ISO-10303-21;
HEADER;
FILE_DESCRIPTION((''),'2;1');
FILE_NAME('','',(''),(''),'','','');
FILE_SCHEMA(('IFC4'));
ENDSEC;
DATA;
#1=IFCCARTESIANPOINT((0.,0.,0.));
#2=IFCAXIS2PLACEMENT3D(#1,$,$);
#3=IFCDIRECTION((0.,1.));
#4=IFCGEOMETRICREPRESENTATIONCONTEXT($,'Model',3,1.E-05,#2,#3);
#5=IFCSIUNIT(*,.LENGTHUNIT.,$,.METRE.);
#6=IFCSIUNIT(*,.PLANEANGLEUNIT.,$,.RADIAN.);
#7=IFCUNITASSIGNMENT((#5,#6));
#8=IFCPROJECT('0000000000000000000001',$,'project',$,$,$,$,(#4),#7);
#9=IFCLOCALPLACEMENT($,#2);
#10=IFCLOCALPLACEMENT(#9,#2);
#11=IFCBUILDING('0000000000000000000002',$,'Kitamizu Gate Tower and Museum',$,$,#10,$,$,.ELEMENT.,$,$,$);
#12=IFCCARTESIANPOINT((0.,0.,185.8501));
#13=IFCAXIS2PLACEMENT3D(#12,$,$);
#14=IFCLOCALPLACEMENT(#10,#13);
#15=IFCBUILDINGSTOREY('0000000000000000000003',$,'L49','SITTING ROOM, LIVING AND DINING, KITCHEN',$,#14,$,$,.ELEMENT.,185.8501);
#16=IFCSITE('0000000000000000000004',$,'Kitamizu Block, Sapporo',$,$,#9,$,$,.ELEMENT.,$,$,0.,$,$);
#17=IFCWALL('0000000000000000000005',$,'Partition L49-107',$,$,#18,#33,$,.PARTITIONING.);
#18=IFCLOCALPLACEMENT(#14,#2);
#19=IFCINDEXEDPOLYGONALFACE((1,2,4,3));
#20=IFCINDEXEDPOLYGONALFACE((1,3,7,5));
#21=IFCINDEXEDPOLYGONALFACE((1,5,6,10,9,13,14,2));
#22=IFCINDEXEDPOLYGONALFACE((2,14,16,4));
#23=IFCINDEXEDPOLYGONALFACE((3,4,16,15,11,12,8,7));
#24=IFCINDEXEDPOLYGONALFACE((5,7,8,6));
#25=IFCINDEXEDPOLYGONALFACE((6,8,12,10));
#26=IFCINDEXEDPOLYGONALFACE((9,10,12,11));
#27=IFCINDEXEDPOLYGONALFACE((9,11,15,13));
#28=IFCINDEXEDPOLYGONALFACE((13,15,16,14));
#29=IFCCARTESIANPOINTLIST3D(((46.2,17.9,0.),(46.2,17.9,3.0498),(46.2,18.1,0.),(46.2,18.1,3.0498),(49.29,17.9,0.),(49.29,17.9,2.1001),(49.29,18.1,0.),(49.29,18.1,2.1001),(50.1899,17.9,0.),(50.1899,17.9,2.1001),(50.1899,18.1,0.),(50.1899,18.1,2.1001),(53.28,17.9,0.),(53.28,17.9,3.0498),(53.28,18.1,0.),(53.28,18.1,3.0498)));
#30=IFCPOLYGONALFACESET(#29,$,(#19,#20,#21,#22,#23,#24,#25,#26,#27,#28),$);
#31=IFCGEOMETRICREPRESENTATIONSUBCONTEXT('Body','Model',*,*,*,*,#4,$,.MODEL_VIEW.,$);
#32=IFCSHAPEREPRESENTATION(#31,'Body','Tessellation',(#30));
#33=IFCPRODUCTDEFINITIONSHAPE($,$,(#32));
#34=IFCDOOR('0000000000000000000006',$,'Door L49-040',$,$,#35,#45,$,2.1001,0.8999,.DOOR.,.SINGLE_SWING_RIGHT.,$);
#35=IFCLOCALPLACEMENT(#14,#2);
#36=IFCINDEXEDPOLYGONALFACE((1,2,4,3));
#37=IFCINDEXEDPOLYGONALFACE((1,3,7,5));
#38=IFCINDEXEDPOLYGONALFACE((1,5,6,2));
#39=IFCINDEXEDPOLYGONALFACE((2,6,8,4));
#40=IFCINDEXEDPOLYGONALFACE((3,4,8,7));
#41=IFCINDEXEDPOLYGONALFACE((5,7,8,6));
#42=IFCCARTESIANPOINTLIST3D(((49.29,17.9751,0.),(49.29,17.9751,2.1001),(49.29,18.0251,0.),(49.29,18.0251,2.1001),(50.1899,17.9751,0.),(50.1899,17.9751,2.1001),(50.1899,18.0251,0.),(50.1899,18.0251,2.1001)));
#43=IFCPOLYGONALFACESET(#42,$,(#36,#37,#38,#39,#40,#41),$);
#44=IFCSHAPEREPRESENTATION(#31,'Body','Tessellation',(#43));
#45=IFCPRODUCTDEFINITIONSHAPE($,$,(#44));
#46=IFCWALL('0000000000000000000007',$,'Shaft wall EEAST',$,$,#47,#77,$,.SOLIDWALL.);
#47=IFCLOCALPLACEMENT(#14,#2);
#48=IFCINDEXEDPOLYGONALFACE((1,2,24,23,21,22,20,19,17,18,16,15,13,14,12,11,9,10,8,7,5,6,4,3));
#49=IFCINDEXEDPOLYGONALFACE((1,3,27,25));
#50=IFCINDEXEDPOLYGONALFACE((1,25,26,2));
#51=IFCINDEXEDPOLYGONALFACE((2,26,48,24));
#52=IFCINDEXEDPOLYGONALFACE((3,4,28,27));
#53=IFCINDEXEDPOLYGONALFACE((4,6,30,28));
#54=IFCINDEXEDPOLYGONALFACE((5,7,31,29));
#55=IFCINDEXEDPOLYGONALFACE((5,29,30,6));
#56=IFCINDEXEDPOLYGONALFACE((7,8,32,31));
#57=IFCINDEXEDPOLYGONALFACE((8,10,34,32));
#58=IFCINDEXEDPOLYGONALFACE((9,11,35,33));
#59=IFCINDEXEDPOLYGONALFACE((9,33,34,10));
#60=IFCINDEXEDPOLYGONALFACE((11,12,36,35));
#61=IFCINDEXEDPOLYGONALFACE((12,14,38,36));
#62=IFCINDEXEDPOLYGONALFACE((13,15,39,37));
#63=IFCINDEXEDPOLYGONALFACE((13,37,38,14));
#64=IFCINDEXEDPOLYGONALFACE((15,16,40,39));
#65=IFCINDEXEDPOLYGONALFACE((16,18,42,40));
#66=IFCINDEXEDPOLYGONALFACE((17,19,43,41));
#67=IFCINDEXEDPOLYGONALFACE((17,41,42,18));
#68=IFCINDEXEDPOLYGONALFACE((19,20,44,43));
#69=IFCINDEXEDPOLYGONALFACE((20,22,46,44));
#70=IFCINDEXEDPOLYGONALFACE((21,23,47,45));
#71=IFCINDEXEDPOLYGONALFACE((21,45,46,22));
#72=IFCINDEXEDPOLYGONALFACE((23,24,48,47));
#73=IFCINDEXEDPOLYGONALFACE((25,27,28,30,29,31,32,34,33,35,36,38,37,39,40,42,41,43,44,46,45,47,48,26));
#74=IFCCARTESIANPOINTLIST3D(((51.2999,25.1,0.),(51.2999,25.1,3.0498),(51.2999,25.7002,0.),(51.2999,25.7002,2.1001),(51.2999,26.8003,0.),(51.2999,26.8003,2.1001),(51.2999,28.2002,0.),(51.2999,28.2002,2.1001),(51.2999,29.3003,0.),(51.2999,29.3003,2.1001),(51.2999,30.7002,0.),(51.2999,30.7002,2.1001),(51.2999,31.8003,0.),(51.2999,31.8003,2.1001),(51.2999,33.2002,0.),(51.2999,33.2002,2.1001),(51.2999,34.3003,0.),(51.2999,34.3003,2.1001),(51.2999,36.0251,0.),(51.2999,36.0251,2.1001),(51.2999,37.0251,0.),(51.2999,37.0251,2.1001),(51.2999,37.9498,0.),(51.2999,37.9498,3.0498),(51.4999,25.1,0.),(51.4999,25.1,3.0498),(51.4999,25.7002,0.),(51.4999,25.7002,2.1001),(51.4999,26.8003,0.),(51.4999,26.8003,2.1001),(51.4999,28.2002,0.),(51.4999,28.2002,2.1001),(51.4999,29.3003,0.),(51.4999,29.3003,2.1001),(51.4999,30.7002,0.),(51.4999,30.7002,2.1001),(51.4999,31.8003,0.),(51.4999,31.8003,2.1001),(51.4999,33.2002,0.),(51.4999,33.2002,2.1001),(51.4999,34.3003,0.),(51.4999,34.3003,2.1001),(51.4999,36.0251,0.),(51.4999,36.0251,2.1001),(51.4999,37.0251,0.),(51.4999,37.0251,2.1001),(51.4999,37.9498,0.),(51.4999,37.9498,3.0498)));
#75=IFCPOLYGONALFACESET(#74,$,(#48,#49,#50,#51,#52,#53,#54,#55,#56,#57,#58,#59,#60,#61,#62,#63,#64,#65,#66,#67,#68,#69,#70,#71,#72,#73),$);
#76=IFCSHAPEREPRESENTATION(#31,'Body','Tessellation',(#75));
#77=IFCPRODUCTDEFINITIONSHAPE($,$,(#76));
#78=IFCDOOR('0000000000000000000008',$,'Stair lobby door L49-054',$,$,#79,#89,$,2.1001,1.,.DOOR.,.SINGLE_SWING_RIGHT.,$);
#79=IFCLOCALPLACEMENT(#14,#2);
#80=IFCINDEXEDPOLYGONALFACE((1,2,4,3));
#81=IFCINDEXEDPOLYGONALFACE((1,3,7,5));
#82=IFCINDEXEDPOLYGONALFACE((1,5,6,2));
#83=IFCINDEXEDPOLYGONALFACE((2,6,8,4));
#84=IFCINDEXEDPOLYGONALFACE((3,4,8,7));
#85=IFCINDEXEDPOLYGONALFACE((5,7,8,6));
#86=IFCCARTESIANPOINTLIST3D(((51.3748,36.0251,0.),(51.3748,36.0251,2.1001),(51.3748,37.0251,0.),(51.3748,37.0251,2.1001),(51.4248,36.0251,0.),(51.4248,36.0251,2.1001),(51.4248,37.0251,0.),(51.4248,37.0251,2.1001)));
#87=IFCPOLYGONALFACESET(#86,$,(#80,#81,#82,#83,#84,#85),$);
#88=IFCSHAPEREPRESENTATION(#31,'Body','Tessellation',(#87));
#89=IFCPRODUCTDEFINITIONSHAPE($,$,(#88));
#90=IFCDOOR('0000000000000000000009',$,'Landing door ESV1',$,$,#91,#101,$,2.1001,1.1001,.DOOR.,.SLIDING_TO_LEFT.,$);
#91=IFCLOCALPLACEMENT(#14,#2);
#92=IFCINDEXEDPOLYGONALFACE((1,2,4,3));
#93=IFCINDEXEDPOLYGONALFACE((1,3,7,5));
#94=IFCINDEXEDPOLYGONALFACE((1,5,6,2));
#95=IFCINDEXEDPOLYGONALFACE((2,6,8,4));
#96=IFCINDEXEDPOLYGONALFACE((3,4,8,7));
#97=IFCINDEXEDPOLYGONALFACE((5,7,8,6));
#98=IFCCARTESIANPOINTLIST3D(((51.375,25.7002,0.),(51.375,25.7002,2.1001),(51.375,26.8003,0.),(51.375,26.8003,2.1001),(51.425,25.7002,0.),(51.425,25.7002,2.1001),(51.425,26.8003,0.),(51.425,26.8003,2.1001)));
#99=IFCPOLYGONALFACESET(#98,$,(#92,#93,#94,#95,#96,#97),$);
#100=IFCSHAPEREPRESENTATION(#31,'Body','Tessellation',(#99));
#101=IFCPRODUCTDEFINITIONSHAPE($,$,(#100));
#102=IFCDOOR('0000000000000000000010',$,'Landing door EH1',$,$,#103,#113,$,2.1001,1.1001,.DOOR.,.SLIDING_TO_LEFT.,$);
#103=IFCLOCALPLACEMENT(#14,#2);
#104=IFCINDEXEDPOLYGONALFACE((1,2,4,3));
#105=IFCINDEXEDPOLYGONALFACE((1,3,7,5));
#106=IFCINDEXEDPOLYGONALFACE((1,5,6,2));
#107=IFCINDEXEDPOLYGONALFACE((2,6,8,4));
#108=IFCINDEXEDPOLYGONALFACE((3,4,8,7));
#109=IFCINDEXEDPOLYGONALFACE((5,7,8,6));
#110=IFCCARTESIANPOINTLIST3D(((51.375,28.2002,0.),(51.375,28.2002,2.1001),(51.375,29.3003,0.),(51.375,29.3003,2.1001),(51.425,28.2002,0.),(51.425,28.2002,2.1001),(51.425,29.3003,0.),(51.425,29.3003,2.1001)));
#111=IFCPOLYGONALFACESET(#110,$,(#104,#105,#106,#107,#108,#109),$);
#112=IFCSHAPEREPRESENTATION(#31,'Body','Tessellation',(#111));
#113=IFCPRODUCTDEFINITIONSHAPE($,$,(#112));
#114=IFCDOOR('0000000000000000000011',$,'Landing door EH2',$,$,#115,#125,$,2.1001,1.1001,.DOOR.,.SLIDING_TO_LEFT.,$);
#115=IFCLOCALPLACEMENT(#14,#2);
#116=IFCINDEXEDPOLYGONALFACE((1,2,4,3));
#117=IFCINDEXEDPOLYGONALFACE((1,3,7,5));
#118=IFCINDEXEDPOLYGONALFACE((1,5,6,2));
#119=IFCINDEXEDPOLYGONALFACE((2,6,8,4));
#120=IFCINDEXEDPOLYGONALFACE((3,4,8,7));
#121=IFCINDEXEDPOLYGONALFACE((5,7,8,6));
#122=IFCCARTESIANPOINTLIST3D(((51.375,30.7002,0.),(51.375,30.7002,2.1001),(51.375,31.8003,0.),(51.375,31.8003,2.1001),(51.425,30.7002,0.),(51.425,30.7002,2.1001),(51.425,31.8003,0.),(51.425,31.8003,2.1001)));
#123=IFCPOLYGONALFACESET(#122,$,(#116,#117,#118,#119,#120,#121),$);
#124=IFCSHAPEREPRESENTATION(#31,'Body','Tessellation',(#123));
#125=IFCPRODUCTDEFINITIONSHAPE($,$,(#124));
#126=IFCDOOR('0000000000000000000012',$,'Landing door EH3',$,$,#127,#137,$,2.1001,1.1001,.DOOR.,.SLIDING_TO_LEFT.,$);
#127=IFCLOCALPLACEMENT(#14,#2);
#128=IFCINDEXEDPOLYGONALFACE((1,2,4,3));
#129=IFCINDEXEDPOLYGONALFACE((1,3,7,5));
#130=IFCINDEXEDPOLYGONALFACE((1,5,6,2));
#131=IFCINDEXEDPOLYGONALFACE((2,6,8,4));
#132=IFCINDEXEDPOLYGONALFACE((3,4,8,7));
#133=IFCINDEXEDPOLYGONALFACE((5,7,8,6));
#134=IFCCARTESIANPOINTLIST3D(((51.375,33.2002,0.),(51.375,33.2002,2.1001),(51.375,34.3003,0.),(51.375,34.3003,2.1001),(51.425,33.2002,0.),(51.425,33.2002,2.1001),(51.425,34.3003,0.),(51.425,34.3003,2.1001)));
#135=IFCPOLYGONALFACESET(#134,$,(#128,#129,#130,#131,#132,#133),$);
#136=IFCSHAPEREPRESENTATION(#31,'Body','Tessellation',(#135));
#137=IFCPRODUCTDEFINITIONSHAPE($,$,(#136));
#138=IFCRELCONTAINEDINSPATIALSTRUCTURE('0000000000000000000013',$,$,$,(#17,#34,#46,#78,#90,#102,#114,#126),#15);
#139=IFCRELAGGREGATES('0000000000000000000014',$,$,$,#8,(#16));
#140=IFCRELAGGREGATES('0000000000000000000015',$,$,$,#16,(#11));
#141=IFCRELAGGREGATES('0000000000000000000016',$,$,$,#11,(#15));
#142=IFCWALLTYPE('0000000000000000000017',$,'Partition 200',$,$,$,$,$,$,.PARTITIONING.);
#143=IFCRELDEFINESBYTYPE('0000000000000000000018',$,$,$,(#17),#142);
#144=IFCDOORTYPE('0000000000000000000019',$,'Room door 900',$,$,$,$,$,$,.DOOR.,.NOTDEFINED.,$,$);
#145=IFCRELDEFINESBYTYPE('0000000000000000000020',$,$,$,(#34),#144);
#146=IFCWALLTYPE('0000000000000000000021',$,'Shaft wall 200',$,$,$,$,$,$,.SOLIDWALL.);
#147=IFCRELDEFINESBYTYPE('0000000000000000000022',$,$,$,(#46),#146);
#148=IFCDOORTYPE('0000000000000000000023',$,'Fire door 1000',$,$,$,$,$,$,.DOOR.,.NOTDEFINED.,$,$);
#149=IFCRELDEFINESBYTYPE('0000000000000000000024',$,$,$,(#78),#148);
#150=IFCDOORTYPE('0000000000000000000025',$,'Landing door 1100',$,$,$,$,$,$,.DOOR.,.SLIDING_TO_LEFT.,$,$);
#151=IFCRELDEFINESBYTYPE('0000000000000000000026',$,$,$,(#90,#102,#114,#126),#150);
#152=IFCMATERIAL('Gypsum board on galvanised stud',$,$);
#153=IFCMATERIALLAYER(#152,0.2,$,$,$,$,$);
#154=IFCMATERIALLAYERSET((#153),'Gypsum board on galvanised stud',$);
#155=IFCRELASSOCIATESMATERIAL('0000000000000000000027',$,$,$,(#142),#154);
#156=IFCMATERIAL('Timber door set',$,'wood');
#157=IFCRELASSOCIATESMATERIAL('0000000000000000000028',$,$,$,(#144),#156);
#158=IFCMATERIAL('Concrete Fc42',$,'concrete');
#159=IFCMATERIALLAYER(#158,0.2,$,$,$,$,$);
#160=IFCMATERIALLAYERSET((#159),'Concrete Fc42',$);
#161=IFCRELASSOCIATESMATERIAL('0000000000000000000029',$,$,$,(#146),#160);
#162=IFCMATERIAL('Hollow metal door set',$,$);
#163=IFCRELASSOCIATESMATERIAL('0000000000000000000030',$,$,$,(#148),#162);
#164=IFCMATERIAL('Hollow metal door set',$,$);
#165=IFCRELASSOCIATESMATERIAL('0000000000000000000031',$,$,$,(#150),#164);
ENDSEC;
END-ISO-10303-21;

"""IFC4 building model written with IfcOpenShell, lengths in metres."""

from ifc_helpers import new_model, si_unit, direction, frame, frame_2d, origin, place, context, subcontext, project, spatial, rectangle, extrude, material, layer, layer_set, type_object, element, fill, save


model = new_model("IFC4")

# Units and contexts
model_context = context("Model", 3, precision=1e-05, world=origin(), true_north=direction((0.0, 1.0)))
body_context = subcontext(model_context, "Body", "Model", "MODEL_VIEW")
ifc_project = project(units=[si_unit("LENGTHUNIT", "METRE"), si_unit("PLANEANGLEUNIT", "RADIAN")], contexts=[model_context])

# Site, building, storey
site_placement = place(None, origin())
site = spatial("IfcSite", under=ifc_project, at=site_placement, Name="Kitamizu Block, Sapporo", CompositionType="ELEMENT", RefElevation=0.0)
building_placement = place(site_placement, origin())
building = spatial("IfcBuilding", under=site, at=building_placement, Name="Kitamizu Gate Tower and Museum", CompositionType="ELEMENT")
storey_placement = place(building_placement, frame((0.0, 0.0, 185.8501)))
storey = spatial("IfcBuildingStorey", under=building, at=storey_placement, Name="L49", Description="SITTING ROOM, LIVING AND DINING, KITCHEN", CompositionType="ELEMENT", Elevation=185.8501)

# Shared definitions
ifc_material_1 = material(Name="Gypsum board on galvanised stud")
ifc_layer_1 = layer(ifc_material_1, 0.2)
ifc_layer_set_1 = layer_set([ifc_layer_1], Name="Gypsum board on galvanised stud")
wall_type_1 = type_object("IfcWallType", Name="Partition 200", PredefinedType="PARTITIONING", material=ifc_layer_set_1)

# Wall, opening, door
wall_1_placement = place(storey_placement, frame((53.28, 18.0, 0.0), z_axis=(0.0, 0.0, 1.0), x_axis=(-1.0, 0.0, 0.0)))
wall_1 = element("IfcWall", 1, at=wall_1_placement, inside=storey, type_object=wall_type_1, Name="Partition L49-107", PredefinedType="PARTITIONING", context=body_context, shape_type="SweptSolid", body=[
    extrude(rectangle(XDim=7.0801, YDim=0.2, at=frame_2d((3.54, 0.0))), origin(), (0.0, 0.0, 1.0), 3.0498),
])
opening_1_placement = place(wall_1_placement, frame((3.0901, 0.0, 0.0)))
opening_1 = element("IfcOpeningElement", 2, at=opening_1_placement, cuts=wall_1, PredefinedType="OPENING", context=body_context, shape_type="SweptSolid", body=[
    extrude(rectangle(XDim=0.8999, YDim=2.1001, at=frame_2d((0.45, 1.05))), frame((0.0, 0.1099, 0.0), z_axis=(0.0, -1.0, 0.0), x_axis=(1.0, 0.0, 0.0)), (0.0, 0.0, 1.0), 0.22),
])
ifc_material_2 = material(Name="Timber door set", Category="wood")
door_type_1 = type_object("IfcDoorType", Name="Room door 900", OperationType="NOTDEFINED", PredefinedType="DOOR", material=ifc_material_2)
door_1_placement = place(opening_1_placement, origin())
door_1 = element("IfcDoor", 3, at=door_1_placement, inside=storey, type_object=door_type_1, Name="Door L49-040", OperationType="SINGLE_SWING_RIGHT", OverallHeight=2.1001, OverallWidth=0.8999, PredefinedType="DOOR", context=body_context, shape_type="SweptSolid", body=[
    extrude(rectangle(XDim=0.8999, YDim=2.1001, at=frame_2d((0.45, 1.05))), frame((0.0, 0.0249, 0.0), z_axis=(0.0, -1.0, 0.0), x_axis=(1.0, 0.0, 0.0)), (0.0, 0.0, 1.0), 0.05),
])
fill(opening_1, door_1)

# Wall, openings, doors
ifc_material_3 = material(Name="Concrete Fc42", Category="concrete")
ifc_layer_2 = layer(ifc_material_3, 0.2)
ifc_layer_set_2 = layer_set([ifc_layer_2], Name="Concrete Fc42")
wall_type_2 = type_object("IfcWallType", Name="Shaft wall 200", PredefinedType="SOLIDWALL", material=ifc_layer_set_2)
wall_2_placement = place(storey_placement, frame((51.3999, 25.1001, 0.0), z_axis=(0.0, 0.0, 1.0), x_axis=(0.0, 1.0, 0.0)))
wall_2 = element("IfcWall", 4, at=wall_2_placement, inside=storey, type_object=wall_type_2, Name="Shaft wall EEAST", PredefinedType="SOLIDWALL", context=body_context, shape_type="SweptSolid", body=[
    extrude(rectangle(XDim=12.8499, YDim=0.2, at=frame_2d((6.4248, 0.0))), origin(), (0.0, 0.0, 1.0), 3.0498),
])
opening_2_placement = place(wall_2_placement, frame((0.6001, 0.0, 0.0)))
opening_2 = element("IfcOpeningElement", 5, at=opening_2_placement, cuts=wall_2, PredefinedType="OPENING", context=body_context, shape_type="SweptSolid", body=[
    extrude(rectangle(XDim=1.1001, YDim=2.1001, at=frame_2d((0.55, 1.05))), frame((0.0, 0.1099, 0.0), z_axis=(0.0, -1.0, 0.0), x_axis=(1.0, 0.0, 0.0)), (0.0, 0.0, 1.0), 0.22),
])
opening_3_placement = place(wall_2_placement, frame((3.1001, 0.0, 0.0)))
opening_3 = element("IfcOpeningElement", 6, at=opening_3_placement, cuts=wall_2, PredefinedType="OPENING", context=body_context, shape_type="SweptSolid", body=[
    extrude(rectangle(XDim=1.1001, YDim=2.1001, at=frame_2d((0.55, 1.05))), frame((0.0, 0.1099, 0.0), z_axis=(0.0, -1.0, 0.0), x_axis=(1.0, 0.0, 0.0)), (0.0, 0.0, 1.0), 0.22),
])
opening_4_placement = place(wall_2_placement, frame((5.6001, 0.0, 0.0)))
opening_4 = element("IfcOpeningElement", 7, at=opening_4_placement, cuts=wall_2, PredefinedType="OPENING", context=body_context, shape_type="SweptSolid", body=[
    extrude(rectangle(XDim=1.1001, YDim=2.1001, at=frame_2d((0.55, 1.05))), frame((0.0, 0.1099, 0.0), z_axis=(0.0, -1.0, 0.0), x_axis=(1.0, 0.0, 0.0)), (0.0, 0.0, 1.0), 0.22),
])
opening_5_placement = place(wall_2_placement, frame((8.1001, 0.0, 0.0)))
opening_5 = element("IfcOpeningElement", 8, at=opening_5_placement, cuts=wall_2, PredefinedType="OPENING", context=body_context, shape_type="SweptSolid", body=[
    extrude(rectangle(XDim=1.1001, YDim=2.1001, at=frame_2d((0.55, 1.05))), frame((0.0, 0.1099, 0.0), z_axis=(0.0, -1.0, 0.0), x_axis=(1.0, 0.0, 0.0)), (0.0, 0.0, 1.0), 0.22),
])
opening_6_placement = place(wall_2_placement, frame((10.925, 0.0, 0.0)))
opening_6 = element("IfcOpeningElement", 9, at=opening_6_placement, cuts=wall_2, PredefinedType="OPENING", context=body_context, shape_type="SweptSolid", body=[
    extrude(rectangle(XDim=1.0, YDim=2.1001, at=frame_2d((0.5, 1.05))), frame((0.0, 0.1099, 0.0), z_axis=(0.0, -1.0, 0.0), x_axis=(1.0, 0.0, 0.0)), (0.0, 0.0, 1.0), 0.22),
])
ifc_material_4 = material(Name="Hollow metal door set")
door_type_2 = type_object("IfcDoorType", Name="Fire door 1000", OperationType="NOTDEFINED", PredefinedType="DOOR", material=ifc_material_4)
door_2_placement = place(opening_6_placement, frame((1.0, 0.0, 0.0), x_axis=(-1.0, 0.0, 0.0)))
door_2 = element("IfcDoor", 10, at=door_2_placement, inside=storey, type_object=door_type_2, Name="Stair lobby door L49-054", OperationType="SINGLE_SWING_RIGHT", OverallHeight=2.1001, OverallWidth=1.0, PredefinedType="DOOR", context=body_context, shape_type="SweptSolid", body=[
    extrude(rectangle(XDim=1.0, YDim=2.1001, at=frame_2d((0.5, 1.05))), frame((0.0, 0.0249, 0.0), z_axis=(0.0, -1.0, 0.0), x_axis=(1.0, 0.0, 0.0)), (0.0, 0.0, 1.0), 0.05),
])
fill(opening_6, door_2)
ifc_material_5 = material(Name="Hollow metal door set")
door_type_3 = type_object("IfcDoorType", Name="Landing door 1100", OperationType="SLIDING_TO_LEFT", PredefinedType="DOOR", material=ifc_material_5)
door_3_placement = place(opening_2_placement, origin())
door_3 = element("IfcDoor", 11, at=door_3_placement, inside=storey, type_object=door_type_3, Name="Landing door ESV1", OperationType="SLIDING_TO_LEFT", OverallHeight=2.1001, OverallWidth=1.1001, PredefinedType="DOOR", context=body_context, shape_type="SweptSolid", body=[
    extrude(rectangle(XDim=1.1001, YDim=2.1001, at=frame_2d((0.55, 1.05))), frame((0.0, 0.0249, 0.0), z_axis=(0.0, -1.0, 0.0), x_axis=(1.0, 0.0, 0.0)), (0.0, 0.0, 1.0), 0.05),
])
fill(opening_2, door_3)
door_4_placement = place(opening_3_placement, origin())
door_4 = element("IfcDoor", 12, at=door_4_placement, inside=storey, type_object=door_type_3, Name="Landing door EH1", OperationType="SLIDING_TO_LEFT", OverallHeight=2.1001, OverallWidth=1.1001, PredefinedType="DOOR", context=body_context, shape_type="SweptSolid", body=[
    extrude(rectangle(XDim=1.1001, YDim=2.1001, at=frame_2d((0.55, 1.05))), frame((0.0, 0.0249, 0.0), z_axis=(0.0, -1.0, 0.0), x_axis=(1.0, 0.0, 0.0)), (0.0, 0.0, 1.0), 0.05),
])
fill(opening_3, door_4)
door_5_placement = place(opening_4_placement, origin())
door_5 = element("IfcDoor", 13, at=door_5_placement, inside=storey, type_object=door_type_3, Name="Landing door EH2", OperationType="SLIDING_TO_LEFT", OverallHeight=2.1001, OverallWidth=1.1001, PredefinedType="DOOR", context=body_context, shape_type="SweptSolid", body=[
    extrude(rectangle(XDim=1.1001, YDim=2.1001, at=frame_2d((0.55, 1.05))), frame((0.0, 0.0249, 0.0), z_axis=(0.0, -1.0, 0.0), x_axis=(1.0, 0.0, 0.0)), (0.0, 0.0, 1.0), 0.05),
])
fill(opening_4, door_5)
door_6_placement = place(opening_5_placement, origin())
door_6 = element("IfcDoor", 14, at=door_6_placement, inside=storey, type_object=door_type_3, Name="Landing door EH3", OperationType="SLIDING_TO_LEFT", OverallHeight=2.1001, OverallWidth=1.1001, PredefinedType="DOOR", context=body_context, shape_type="SweptSolid", body=[
    extrude(rectangle(XDim=1.1001, YDim=2.1001, at=frame_2d((0.55, 1.05))), frame((0.0, 0.0249, 0.0), z_axis=(0.0, -1.0, 0.0), x_axis=(1.0, 0.0, 0.0)), (0.0, 0.0, 1.0), 0.05),
])
fill(opening_5, door_6)

save(model, "model.ifc")
